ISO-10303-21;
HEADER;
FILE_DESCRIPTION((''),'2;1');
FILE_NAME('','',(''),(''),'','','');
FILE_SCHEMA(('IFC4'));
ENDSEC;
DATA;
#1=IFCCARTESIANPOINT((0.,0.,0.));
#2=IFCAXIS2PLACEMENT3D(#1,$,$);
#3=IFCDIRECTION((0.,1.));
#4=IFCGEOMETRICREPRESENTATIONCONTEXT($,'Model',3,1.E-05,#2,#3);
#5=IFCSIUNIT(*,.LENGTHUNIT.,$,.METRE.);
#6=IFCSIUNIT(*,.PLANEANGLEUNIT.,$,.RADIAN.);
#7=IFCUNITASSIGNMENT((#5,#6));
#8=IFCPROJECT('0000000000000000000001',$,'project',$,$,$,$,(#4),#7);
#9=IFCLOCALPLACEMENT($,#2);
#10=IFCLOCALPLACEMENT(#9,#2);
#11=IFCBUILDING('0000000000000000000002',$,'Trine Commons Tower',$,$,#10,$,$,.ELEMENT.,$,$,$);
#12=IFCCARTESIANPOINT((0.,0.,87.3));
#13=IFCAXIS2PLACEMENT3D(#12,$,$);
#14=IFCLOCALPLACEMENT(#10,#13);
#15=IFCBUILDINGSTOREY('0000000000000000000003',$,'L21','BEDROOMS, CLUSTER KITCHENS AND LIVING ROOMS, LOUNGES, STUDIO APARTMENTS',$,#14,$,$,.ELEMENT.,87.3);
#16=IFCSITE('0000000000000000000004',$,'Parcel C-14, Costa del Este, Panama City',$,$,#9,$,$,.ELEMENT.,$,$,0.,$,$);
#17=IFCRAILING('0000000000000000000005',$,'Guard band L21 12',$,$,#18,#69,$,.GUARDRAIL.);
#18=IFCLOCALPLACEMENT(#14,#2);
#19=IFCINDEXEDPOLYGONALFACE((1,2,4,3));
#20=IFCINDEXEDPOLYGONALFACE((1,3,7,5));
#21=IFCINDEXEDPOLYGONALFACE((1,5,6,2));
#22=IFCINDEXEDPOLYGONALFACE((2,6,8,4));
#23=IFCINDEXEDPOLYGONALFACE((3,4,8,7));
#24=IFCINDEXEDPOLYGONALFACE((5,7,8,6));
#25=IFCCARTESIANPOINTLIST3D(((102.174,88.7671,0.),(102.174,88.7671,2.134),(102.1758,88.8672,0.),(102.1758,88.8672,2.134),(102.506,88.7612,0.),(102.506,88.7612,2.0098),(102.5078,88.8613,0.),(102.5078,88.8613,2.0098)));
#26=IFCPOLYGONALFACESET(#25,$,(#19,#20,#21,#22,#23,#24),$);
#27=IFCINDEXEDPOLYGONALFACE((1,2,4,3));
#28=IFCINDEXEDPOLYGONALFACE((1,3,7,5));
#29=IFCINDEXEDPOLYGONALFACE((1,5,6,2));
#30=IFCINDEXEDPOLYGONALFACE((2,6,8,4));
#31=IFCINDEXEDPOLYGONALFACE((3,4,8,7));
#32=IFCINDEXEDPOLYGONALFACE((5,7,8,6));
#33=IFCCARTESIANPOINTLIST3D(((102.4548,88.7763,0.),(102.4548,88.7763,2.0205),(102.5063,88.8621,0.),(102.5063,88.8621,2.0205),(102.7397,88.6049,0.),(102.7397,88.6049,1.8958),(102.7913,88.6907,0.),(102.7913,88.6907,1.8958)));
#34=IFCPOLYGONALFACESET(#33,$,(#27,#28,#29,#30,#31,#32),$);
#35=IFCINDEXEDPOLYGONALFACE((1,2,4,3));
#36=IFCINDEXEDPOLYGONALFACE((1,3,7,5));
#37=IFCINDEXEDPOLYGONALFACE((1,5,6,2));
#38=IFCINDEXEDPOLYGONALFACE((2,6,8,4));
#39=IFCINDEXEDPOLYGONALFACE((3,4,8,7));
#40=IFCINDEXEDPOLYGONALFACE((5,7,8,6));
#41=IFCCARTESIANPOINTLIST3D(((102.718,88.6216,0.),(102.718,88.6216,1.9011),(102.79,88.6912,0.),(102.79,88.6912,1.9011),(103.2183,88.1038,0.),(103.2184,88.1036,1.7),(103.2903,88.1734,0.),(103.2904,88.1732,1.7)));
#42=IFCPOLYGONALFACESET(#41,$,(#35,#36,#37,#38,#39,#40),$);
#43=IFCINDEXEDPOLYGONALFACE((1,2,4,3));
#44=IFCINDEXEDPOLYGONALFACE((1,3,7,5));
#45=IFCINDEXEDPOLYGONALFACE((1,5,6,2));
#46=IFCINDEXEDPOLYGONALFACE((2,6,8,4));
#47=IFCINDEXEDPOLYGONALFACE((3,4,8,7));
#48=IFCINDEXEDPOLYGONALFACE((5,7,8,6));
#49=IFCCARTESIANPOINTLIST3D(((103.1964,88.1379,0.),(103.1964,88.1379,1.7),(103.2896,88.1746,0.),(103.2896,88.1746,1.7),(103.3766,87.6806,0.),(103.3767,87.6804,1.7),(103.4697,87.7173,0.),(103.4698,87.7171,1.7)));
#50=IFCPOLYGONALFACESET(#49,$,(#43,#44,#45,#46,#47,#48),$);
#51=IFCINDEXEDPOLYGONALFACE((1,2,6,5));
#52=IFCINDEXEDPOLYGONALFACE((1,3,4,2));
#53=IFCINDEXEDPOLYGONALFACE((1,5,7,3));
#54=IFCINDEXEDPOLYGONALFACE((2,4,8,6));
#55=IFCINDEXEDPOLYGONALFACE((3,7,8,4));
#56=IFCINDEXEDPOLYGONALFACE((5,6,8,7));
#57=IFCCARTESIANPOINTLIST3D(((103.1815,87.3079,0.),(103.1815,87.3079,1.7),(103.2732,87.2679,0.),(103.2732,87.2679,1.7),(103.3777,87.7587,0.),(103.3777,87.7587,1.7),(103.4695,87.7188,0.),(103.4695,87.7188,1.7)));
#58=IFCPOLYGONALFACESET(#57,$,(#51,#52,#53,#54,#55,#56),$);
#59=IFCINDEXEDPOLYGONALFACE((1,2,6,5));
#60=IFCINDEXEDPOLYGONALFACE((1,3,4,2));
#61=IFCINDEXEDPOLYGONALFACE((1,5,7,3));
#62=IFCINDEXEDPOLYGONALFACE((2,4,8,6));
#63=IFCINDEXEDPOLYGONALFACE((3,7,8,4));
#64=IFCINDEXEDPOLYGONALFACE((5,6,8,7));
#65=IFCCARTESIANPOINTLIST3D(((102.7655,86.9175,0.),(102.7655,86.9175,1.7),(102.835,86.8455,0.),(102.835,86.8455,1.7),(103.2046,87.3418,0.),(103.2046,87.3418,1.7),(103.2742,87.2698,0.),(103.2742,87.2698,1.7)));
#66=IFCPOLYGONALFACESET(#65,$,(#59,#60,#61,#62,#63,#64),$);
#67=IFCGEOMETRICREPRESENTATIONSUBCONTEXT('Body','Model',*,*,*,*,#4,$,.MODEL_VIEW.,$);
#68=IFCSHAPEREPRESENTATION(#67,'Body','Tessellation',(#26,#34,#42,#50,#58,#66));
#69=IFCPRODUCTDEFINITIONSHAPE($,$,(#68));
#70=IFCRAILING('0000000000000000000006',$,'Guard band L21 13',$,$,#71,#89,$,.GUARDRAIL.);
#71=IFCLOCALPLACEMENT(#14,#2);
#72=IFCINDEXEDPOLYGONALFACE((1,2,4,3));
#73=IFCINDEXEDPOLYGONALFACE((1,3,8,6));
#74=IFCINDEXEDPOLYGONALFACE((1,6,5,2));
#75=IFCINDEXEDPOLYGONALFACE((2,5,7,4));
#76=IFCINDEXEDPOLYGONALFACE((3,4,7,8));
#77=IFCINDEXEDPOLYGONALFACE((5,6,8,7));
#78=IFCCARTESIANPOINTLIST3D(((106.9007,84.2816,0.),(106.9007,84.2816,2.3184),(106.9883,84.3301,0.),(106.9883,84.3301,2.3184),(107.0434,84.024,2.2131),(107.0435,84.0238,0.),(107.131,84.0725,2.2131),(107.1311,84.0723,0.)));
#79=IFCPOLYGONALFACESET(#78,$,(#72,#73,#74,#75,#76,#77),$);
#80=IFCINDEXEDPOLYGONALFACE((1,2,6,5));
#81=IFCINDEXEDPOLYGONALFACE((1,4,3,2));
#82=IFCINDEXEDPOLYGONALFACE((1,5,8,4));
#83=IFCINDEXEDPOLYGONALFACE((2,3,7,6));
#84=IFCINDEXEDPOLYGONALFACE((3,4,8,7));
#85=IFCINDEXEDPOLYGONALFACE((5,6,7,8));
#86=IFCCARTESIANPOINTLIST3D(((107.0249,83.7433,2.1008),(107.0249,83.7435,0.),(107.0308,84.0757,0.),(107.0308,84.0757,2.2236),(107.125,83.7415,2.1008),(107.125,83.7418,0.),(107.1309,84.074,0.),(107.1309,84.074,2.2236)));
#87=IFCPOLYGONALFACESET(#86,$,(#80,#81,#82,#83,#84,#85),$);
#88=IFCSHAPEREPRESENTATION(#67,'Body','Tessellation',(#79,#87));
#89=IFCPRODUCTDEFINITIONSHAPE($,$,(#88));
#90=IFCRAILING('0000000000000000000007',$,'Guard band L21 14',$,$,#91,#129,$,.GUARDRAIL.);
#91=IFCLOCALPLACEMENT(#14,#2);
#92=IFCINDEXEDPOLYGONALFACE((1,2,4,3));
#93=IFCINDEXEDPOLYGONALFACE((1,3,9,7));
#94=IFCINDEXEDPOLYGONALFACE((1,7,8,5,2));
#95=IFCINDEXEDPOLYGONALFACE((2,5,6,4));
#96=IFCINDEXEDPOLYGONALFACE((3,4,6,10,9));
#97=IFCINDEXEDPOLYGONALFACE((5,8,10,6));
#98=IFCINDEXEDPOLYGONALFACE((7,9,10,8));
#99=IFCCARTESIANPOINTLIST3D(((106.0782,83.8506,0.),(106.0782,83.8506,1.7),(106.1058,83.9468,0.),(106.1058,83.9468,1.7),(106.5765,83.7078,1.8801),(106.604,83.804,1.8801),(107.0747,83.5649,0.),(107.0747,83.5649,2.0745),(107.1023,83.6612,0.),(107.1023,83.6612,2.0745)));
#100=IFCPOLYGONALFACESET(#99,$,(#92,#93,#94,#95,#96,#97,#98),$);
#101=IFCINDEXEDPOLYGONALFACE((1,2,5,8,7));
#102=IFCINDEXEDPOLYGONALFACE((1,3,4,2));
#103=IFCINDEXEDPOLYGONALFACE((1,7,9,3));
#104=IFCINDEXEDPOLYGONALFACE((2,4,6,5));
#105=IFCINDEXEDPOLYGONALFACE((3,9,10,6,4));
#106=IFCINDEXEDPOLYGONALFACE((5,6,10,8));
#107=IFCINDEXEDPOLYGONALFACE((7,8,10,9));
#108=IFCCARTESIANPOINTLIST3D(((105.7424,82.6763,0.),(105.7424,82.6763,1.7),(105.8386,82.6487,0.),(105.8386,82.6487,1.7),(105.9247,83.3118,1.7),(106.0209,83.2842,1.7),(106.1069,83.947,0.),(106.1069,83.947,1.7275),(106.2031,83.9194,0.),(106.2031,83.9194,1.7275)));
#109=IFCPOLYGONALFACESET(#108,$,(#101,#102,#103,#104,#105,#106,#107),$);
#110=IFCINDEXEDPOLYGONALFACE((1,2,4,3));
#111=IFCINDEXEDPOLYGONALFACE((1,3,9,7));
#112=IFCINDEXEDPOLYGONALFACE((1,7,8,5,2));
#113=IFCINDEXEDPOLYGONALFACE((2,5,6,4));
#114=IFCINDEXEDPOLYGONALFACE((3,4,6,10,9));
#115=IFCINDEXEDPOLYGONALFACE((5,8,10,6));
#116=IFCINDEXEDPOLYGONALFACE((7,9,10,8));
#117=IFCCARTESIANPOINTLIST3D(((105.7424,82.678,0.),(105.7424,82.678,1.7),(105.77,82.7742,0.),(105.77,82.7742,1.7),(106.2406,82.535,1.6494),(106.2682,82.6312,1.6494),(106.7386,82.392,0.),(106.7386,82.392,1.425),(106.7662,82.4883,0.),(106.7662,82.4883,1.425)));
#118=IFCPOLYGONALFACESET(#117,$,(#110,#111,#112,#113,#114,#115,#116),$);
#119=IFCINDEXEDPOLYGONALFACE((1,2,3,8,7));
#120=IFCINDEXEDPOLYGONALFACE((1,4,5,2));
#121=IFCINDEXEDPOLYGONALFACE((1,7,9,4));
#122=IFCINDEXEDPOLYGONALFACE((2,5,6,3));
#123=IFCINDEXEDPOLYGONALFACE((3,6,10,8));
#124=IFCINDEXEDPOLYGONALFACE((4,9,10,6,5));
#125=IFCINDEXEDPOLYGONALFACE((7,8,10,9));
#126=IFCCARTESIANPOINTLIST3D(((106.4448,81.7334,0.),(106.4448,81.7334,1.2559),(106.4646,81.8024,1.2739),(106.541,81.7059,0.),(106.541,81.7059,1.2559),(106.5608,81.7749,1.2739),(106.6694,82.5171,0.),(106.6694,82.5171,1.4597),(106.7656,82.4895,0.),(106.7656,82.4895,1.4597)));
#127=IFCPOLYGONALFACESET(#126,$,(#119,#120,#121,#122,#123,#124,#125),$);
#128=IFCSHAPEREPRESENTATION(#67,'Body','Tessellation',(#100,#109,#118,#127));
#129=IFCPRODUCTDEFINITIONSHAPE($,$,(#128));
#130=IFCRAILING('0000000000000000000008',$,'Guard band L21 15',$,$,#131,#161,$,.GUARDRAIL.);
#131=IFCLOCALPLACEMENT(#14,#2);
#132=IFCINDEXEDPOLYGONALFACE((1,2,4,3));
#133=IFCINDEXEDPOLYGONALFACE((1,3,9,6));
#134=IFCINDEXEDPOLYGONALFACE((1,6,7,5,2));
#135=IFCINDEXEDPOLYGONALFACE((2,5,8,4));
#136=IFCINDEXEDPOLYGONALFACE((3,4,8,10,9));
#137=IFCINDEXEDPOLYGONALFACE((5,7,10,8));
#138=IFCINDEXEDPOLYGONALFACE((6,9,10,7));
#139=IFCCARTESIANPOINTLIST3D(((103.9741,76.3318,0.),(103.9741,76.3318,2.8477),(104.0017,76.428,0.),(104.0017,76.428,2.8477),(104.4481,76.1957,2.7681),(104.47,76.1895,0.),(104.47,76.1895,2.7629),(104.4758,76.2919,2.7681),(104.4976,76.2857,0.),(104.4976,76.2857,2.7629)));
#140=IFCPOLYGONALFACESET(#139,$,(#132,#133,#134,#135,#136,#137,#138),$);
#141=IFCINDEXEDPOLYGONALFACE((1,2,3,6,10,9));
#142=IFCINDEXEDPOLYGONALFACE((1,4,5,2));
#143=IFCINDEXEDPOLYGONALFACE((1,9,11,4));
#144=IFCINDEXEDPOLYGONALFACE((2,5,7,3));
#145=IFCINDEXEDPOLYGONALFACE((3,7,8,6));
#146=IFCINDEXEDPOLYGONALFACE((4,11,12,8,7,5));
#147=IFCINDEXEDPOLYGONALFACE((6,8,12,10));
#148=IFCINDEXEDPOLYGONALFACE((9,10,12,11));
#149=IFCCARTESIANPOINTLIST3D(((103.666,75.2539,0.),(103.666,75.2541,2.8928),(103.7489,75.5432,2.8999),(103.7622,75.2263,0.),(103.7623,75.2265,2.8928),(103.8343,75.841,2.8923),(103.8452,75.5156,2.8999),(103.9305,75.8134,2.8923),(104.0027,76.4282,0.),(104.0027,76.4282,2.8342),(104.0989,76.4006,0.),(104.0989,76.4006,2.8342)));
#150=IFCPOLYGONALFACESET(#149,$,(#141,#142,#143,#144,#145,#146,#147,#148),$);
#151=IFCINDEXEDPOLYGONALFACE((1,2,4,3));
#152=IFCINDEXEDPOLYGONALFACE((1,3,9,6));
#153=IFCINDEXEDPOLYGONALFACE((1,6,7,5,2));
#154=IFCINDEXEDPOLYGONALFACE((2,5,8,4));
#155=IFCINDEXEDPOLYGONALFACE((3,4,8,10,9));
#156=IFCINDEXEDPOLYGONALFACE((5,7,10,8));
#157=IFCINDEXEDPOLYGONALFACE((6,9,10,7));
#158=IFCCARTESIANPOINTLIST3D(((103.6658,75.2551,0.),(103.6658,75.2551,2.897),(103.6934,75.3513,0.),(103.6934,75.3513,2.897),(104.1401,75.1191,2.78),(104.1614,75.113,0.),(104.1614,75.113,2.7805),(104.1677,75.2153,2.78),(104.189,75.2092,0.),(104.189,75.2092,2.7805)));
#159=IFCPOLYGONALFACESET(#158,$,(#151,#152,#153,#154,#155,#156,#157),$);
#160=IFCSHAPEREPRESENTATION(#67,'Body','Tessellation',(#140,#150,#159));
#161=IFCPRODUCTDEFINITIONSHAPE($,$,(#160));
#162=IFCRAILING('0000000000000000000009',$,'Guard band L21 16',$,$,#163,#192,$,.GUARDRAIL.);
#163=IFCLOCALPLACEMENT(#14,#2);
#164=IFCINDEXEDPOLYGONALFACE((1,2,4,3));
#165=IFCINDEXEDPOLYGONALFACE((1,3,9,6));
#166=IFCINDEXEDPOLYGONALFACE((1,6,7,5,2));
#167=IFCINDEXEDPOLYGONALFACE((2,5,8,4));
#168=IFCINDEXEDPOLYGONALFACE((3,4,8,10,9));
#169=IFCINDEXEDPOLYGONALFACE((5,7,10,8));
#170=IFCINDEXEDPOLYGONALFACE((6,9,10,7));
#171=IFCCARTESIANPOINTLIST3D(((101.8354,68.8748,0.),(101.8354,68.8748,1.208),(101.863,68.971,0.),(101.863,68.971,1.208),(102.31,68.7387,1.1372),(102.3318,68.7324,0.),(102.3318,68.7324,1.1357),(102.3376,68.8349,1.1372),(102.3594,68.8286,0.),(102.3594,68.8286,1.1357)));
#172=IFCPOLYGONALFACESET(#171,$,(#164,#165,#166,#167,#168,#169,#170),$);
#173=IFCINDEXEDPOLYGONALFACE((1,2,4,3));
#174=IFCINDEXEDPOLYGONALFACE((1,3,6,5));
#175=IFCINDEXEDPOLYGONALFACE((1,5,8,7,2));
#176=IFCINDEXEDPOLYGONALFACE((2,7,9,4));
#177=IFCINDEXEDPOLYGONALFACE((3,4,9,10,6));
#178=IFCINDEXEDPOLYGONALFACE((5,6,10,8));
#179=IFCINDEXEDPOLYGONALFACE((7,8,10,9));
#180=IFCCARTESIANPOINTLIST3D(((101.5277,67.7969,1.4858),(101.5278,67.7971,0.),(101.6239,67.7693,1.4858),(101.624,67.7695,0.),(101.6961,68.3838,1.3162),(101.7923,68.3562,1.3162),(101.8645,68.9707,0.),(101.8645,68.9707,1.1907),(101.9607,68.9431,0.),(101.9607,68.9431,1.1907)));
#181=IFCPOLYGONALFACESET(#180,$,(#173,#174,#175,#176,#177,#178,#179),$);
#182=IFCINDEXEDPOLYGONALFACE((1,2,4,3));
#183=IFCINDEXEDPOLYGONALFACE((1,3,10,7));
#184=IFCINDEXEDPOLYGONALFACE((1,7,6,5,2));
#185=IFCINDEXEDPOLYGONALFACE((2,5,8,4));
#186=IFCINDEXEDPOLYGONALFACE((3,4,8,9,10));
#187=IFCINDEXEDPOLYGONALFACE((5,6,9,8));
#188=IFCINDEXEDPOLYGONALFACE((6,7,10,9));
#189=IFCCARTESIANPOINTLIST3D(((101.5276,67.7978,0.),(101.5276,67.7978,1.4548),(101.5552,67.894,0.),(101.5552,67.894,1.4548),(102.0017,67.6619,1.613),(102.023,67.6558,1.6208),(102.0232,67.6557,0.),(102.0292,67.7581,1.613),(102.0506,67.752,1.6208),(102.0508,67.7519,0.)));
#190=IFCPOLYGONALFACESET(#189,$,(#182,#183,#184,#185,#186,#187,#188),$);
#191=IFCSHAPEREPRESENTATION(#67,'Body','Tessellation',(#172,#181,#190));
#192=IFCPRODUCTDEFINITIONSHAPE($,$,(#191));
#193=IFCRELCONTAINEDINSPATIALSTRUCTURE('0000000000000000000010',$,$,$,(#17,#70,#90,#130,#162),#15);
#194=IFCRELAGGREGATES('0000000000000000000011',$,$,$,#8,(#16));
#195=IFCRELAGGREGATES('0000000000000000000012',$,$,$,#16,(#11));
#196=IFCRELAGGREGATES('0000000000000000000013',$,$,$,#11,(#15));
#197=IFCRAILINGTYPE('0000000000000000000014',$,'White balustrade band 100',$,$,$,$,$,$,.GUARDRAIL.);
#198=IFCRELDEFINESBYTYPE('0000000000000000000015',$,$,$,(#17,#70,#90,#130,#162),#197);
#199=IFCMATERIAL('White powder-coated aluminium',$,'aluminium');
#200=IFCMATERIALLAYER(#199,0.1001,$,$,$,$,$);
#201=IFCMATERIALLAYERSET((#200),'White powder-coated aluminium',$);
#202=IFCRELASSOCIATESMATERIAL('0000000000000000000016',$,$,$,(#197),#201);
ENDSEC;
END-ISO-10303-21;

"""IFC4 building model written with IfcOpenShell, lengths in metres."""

from ifc_helpers import new_model, si_unit, direction, frame, origin, place, context, subcontext, project, spatial, polyline, outline, extrude, material, layer, layer_set, type_object, element, save


model = new_model("IFC4")

# Units and contexts
model_context = context("Model", 3, precision=1e-05, world=origin(), true_north=direction((0.0, 1.0)))
body_context = subcontext(model_context, "Body", "Model", "MODEL_VIEW")
ifc_project = project(units=[si_unit("LENGTHUNIT", "METRE"), si_unit("PLANEANGLEUNIT", "RADIAN")], contexts=[model_context])

# Site, building, storey
site_placement = place(None, origin())
site = spatial("IfcSite", under=ifc_project, at=site_placement, Name="Parcel C-14, Costa del Este, Panama City", CompositionType="ELEMENT", RefElevation=0.0)
building_placement = place(site_placement, origin())
building = spatial("IfcBuilding", under=site, at=building_placement, Name="Trine Commons Tower", CompositionType="ELEMENT")
storey_placement = place(building_placement, frame((0.0, 0.0, 87.3)))
storey = spatial("IfcBuildingStorey", under=building, at=storey_placement, Name="L21", Description="BEDROOMS, CLUSTER KITCHENS AND LIVING ROOMS, LOUNGES, STUDIO APARTMENTS", CompositionType="ELEMENT", Elevation=87.3)

# Railings
ifc_material_1 = material(Name="White powder-coated aluminium", Category="aluminium")
ifc_layer_1 = layer(ifc_material_1, 0.1001)
ifc_layer_set_1 = layer_set([ifc_layer_1], Name="White powder-coated aluminium")
railing_type = type_object("IfcRailingType", Name="White balustrade band 100", PredefinedType="GUARDRAIL", material=ifc_layer_set_1)
railing_1_placement = place(storey_placement, origin())
element("IfcRailing", 1, at=railing_1_placement, inside=storey, type_object=railing_type, Name="Guard band L21 12", PredefinedType="GUARDRAIL", context=body_context, shape_type="SweptSolid", body=[
    extrude(outline(polyline([(0.0, 0.0), (0.332, 0.0), (0.332, 2.0098), (0.0, 2.134), (0.0, 0.0)])), frame((102.1758, 88.8672, 0.0), z_axis=(-0.017644, -0.999844, 0.0), x_axis=(0.999844, -0.017644, 0.0)), (0.0, 0.0, 1.0), 0.1001),
    extrude(outline(polyline([(0.0, 0.0), (0.3325, 0.0), (0.3325, 1.8958), (0.0, 2.0205), (0.0, 0.0)])), frame((102.5063, 88.8621, 0.0), z_axis=(-0.515467, -0.856909, 0.0), x_axis=(0.856909, -0.515467, 0.0)), (0.0, 0.0, 1.0), 0.1001),
    extrude(outline(polyline([(0.0, 0.0), (0.72, 0.0), (0.7202, 1.7), (0.0, 1.9011), (0.0, 0.0)])), frame((102.79, 88.6912, 0.0), z_axis=(-0.719209, -0.694794, 0.0), x_axis=(0.694794, -0.719209, 0.0)), (0.0, 0.0, 1.0), 0.1001),
    extrude(outline(polyline([(0.0, 0.0), (0.4915, 0.0), (0.4917, 1.7), (0.0, 1.7), (0.0, 0.0)])), frame((103.2896, 88.1746, 0.0), z_axis=(-0.930383, -0.36659, 0.0), x_axis=(0.36659, -0.930383, 0.0)), (0.0, 0.0, 1.0), 0.1001),
    extrude(outline(polyline([(0.0, 0.0), (0.4917, 0.0), (0.4917, 1.7), (0.0, 1.7), (0.0, 0.0)])), frame((103.4695, 87.7188, 0.0), z_axis=(-0.916896, 0.399125, 0.0), x_axis=(-0.399125, -0.916896, 0.0)), (0.0, 0.0, 1.0), 0.1001),
    extrude(outline(polyline([(0.0, 0.0), (0.6106, 0.0), (0.6106, 1.7), (0.0, 1.7), (0.0, 0.0)])), frame((103.2742, 87.2698, 0.0), z_axis=(-0.694809, 0.719195, 0.0), x_axis=(-0.719195, -0.694809, 0.0)), (0.0, 0.0, 1.0), 0.1001),
])
railing_2_placement = place(storey_placement, origin())
element("IfcRailing", 2, at=railing_2_placement, inside=storey, type_object=railing_type, Name="Guard band L21 13", PredefinedType="GUARDRAIL", context=body_context, shape_type="SweptSolid", body=[
    extrude(outline(polyline([(0.0, 0.0), (0.2947, 0.0), (0.2944, 2.2131), (0.2944, 2.2131), (0.0, 2.3184), (0.0, 0.0)])), frame((106.9883, 84.3301, 0.0), z_axis=(-0.874743, -0.484588, 0.0), x_axis=(0.484588, -0.874743, 0.0)), (0.0, 0.0, 1.0), 0.1001),
    extrude(outline(polyline([(0.0, 0.0), (0.3323, 0.0), (0.3325, 2.1008), (0.0, 2.2236), (0.0, 0.0)])), frame((107.1309, 84.074, 0.0), z_axis=(-0.999845, 0.017631, 0.0), x_axis=(-0.017631, -0.999845, 0.0)), (0.0, 0.0, 1.0), 0.1001),
])
railing_3_placement = place(storey_placement, origin())
element("IfcRailing", 3, at=railing_3_placement, inside=storey, type_object=railing_type, Name="Guard band L21 14", PredefinedType="GUARDRAIL", context=body_context, shape_type="SweptSolid", body=[
    extrude(outline(polyline([(0.0, 0.0), (1.0366, 0.0), (1.0366, 1.7), (0.5183, 1.8801), (0.0, 2.0745), (0.0, 0.0)])), frame((107.0747, 83.5649, 0.0), z_axis=(0.27553, 0.961293, 0.0), x_axis=(-0.961293, 0.27553, 0.0)), (0.0, 0.0, 1.0), 0.1001),
    extrude(outline(polyline([(0.0, 0.0), (1.322, 0.0), (1.322, 1.7), (0.6609, 1.7), (0.0, 1.7275), (0.0, 0.0)])), frame((106.2031, 83.9194, 0.0), z_axis=(-0.961238, 0.275721, 0.0), x_axis=(-0.275721, -0.961238, 0.0)), (0.0, 0.0, 1.0), 0.1001),
    extrude(outline(polyline([(0.0, 0.0), (1.0364, 0.0), (1.0364, 1.425), (0.5183, 1.6494), (0.0, 1.7), (0.0, 0.0)])), frame((105.77, 82.7742, 0.0), z_axis=(-0.275872, -0.961194, 0.0), x_axis=(0.961194, -0.275872, 0.0)), (0.0, 0.0, 1.0), 0.1001),
    extrude(outline(polyline([(0.0, 0.0), (0.8152, 0.0), (0.8152, 1.2559), (0.7434, 1.2739), (0.0, 1.4597), (0.0, 0.0)])), frame((106.7656, 82.4895, 0.0), z_axis=(-0.961298, 0.275512, 0.0), x_axis=(-0.275512, -0.961298, 0.0)), (0.0, 0.0, 1.0), 0.1001),
])
railing_4_placement = place(storey_placement, origin())
element("IfcRailing", 4, at=railing_4_placement, inside=storey, type_object=railing_type, Name="Guard band L21 15", PredefinedType="GUARDRAIL", context=body_context, shape_type="SweptSolid", body=[
    extrude(outline(polyline([(0.0, 0.0), (0.5159, 0.0), (0.5159, 2.8477), (0.0227, 2.7681), (0.0, 2.7629), (0.0, 0.0)])), frame((104.47, 76.1895, 0.0), z_axis=(0.275909, 0.961184, 0.0), x_axis=(-0.961184, 0.275909, 0.0)), (0.0, 0.0, 1.0), 0.1001),
    extrude(outline(polyline([(0.0, 0.0), (1.2217, 0.0), (1.2214, 2.8928), (0.9207, 2.8999), (0.6108, 2.8923), (0.0, 2.8342), (0.0, 0.0)])), frame((104.0989, 76.4006, 0.0), z_axis=(-0.961275, 0.275592, 0.0), x_axis=(-0.275592, -0.961275, 0.0)), (0.0, 0.0, 1.0), 0.1001),
    extrude(outline(polyline([(0.0, 0.0), (0.5156, 0.0), (0.5156, 2.7805), (0.4934, 2.78), (0.0, 2.897), (0.0, 0.0)])), frame((103.6934, 75.3513, 0.0), z_axis=(-0.275597, -0.961273, 0.0), x_axis=(0.961273, -0.275597, 0.0)), (0.0, 0.0, 1.0), 0.1001),
])
railing_5_placement = place(storey_placement, origin())
element("IfcRailing", 5, at=railing_5_placement, inside=storey, type_object=railing_type, Name="Guard band L21 16", PredefinedType="GUARDRAIL", context=body_context, shape_type="SweptSolid", body=[
    extrude(outline(polyline([(0.0, 0.0), (0.5164, 0.0), (0.5164, 1.208), (0.5164, 1.208), (0.0227, 1.1372), (0.0, 1.1357), (0.0, 0.0)])), frame((102.3318, 68.7324, 0.0), z_axis=(0.275658, 0.961256, 0.0), x_axis=(-0.961256, 0.275658, 0.0)), (0.0, 0.0, 1.0), 0.1001),
    extrude(outline(polyline([(0.0, 0.0), (1.2209, 0.0), (1.2212, 1.4858), (0.6106, 1.3162), (0.0, 1.1907), (0.0, 0.0)])), frame((101.9607, 68.9431, 0.0), z_axis=(-0.961229, 0.275751, 0.0), x_axis=(-0.275751, -0.961229, 0.0)), (0.0, 0.0, 1.0), 0.1001),
    extrude(outline(polyline([(0.0, 0.0), (0.5156, 0.0), (0.5154, 1.6208), (0.4932, 1.613), (0.0, 1.4548), (0.0, 0.0)])), frame((101.5552, 67.894, 0.0), z_axis=(-0.275597, -0.961273, 0.0), x_axis=(0.961273, -0.275597, 0.0)), (0.0, 0.0, 1.0), 0.1001),
])

save(model, "model.ifc")
